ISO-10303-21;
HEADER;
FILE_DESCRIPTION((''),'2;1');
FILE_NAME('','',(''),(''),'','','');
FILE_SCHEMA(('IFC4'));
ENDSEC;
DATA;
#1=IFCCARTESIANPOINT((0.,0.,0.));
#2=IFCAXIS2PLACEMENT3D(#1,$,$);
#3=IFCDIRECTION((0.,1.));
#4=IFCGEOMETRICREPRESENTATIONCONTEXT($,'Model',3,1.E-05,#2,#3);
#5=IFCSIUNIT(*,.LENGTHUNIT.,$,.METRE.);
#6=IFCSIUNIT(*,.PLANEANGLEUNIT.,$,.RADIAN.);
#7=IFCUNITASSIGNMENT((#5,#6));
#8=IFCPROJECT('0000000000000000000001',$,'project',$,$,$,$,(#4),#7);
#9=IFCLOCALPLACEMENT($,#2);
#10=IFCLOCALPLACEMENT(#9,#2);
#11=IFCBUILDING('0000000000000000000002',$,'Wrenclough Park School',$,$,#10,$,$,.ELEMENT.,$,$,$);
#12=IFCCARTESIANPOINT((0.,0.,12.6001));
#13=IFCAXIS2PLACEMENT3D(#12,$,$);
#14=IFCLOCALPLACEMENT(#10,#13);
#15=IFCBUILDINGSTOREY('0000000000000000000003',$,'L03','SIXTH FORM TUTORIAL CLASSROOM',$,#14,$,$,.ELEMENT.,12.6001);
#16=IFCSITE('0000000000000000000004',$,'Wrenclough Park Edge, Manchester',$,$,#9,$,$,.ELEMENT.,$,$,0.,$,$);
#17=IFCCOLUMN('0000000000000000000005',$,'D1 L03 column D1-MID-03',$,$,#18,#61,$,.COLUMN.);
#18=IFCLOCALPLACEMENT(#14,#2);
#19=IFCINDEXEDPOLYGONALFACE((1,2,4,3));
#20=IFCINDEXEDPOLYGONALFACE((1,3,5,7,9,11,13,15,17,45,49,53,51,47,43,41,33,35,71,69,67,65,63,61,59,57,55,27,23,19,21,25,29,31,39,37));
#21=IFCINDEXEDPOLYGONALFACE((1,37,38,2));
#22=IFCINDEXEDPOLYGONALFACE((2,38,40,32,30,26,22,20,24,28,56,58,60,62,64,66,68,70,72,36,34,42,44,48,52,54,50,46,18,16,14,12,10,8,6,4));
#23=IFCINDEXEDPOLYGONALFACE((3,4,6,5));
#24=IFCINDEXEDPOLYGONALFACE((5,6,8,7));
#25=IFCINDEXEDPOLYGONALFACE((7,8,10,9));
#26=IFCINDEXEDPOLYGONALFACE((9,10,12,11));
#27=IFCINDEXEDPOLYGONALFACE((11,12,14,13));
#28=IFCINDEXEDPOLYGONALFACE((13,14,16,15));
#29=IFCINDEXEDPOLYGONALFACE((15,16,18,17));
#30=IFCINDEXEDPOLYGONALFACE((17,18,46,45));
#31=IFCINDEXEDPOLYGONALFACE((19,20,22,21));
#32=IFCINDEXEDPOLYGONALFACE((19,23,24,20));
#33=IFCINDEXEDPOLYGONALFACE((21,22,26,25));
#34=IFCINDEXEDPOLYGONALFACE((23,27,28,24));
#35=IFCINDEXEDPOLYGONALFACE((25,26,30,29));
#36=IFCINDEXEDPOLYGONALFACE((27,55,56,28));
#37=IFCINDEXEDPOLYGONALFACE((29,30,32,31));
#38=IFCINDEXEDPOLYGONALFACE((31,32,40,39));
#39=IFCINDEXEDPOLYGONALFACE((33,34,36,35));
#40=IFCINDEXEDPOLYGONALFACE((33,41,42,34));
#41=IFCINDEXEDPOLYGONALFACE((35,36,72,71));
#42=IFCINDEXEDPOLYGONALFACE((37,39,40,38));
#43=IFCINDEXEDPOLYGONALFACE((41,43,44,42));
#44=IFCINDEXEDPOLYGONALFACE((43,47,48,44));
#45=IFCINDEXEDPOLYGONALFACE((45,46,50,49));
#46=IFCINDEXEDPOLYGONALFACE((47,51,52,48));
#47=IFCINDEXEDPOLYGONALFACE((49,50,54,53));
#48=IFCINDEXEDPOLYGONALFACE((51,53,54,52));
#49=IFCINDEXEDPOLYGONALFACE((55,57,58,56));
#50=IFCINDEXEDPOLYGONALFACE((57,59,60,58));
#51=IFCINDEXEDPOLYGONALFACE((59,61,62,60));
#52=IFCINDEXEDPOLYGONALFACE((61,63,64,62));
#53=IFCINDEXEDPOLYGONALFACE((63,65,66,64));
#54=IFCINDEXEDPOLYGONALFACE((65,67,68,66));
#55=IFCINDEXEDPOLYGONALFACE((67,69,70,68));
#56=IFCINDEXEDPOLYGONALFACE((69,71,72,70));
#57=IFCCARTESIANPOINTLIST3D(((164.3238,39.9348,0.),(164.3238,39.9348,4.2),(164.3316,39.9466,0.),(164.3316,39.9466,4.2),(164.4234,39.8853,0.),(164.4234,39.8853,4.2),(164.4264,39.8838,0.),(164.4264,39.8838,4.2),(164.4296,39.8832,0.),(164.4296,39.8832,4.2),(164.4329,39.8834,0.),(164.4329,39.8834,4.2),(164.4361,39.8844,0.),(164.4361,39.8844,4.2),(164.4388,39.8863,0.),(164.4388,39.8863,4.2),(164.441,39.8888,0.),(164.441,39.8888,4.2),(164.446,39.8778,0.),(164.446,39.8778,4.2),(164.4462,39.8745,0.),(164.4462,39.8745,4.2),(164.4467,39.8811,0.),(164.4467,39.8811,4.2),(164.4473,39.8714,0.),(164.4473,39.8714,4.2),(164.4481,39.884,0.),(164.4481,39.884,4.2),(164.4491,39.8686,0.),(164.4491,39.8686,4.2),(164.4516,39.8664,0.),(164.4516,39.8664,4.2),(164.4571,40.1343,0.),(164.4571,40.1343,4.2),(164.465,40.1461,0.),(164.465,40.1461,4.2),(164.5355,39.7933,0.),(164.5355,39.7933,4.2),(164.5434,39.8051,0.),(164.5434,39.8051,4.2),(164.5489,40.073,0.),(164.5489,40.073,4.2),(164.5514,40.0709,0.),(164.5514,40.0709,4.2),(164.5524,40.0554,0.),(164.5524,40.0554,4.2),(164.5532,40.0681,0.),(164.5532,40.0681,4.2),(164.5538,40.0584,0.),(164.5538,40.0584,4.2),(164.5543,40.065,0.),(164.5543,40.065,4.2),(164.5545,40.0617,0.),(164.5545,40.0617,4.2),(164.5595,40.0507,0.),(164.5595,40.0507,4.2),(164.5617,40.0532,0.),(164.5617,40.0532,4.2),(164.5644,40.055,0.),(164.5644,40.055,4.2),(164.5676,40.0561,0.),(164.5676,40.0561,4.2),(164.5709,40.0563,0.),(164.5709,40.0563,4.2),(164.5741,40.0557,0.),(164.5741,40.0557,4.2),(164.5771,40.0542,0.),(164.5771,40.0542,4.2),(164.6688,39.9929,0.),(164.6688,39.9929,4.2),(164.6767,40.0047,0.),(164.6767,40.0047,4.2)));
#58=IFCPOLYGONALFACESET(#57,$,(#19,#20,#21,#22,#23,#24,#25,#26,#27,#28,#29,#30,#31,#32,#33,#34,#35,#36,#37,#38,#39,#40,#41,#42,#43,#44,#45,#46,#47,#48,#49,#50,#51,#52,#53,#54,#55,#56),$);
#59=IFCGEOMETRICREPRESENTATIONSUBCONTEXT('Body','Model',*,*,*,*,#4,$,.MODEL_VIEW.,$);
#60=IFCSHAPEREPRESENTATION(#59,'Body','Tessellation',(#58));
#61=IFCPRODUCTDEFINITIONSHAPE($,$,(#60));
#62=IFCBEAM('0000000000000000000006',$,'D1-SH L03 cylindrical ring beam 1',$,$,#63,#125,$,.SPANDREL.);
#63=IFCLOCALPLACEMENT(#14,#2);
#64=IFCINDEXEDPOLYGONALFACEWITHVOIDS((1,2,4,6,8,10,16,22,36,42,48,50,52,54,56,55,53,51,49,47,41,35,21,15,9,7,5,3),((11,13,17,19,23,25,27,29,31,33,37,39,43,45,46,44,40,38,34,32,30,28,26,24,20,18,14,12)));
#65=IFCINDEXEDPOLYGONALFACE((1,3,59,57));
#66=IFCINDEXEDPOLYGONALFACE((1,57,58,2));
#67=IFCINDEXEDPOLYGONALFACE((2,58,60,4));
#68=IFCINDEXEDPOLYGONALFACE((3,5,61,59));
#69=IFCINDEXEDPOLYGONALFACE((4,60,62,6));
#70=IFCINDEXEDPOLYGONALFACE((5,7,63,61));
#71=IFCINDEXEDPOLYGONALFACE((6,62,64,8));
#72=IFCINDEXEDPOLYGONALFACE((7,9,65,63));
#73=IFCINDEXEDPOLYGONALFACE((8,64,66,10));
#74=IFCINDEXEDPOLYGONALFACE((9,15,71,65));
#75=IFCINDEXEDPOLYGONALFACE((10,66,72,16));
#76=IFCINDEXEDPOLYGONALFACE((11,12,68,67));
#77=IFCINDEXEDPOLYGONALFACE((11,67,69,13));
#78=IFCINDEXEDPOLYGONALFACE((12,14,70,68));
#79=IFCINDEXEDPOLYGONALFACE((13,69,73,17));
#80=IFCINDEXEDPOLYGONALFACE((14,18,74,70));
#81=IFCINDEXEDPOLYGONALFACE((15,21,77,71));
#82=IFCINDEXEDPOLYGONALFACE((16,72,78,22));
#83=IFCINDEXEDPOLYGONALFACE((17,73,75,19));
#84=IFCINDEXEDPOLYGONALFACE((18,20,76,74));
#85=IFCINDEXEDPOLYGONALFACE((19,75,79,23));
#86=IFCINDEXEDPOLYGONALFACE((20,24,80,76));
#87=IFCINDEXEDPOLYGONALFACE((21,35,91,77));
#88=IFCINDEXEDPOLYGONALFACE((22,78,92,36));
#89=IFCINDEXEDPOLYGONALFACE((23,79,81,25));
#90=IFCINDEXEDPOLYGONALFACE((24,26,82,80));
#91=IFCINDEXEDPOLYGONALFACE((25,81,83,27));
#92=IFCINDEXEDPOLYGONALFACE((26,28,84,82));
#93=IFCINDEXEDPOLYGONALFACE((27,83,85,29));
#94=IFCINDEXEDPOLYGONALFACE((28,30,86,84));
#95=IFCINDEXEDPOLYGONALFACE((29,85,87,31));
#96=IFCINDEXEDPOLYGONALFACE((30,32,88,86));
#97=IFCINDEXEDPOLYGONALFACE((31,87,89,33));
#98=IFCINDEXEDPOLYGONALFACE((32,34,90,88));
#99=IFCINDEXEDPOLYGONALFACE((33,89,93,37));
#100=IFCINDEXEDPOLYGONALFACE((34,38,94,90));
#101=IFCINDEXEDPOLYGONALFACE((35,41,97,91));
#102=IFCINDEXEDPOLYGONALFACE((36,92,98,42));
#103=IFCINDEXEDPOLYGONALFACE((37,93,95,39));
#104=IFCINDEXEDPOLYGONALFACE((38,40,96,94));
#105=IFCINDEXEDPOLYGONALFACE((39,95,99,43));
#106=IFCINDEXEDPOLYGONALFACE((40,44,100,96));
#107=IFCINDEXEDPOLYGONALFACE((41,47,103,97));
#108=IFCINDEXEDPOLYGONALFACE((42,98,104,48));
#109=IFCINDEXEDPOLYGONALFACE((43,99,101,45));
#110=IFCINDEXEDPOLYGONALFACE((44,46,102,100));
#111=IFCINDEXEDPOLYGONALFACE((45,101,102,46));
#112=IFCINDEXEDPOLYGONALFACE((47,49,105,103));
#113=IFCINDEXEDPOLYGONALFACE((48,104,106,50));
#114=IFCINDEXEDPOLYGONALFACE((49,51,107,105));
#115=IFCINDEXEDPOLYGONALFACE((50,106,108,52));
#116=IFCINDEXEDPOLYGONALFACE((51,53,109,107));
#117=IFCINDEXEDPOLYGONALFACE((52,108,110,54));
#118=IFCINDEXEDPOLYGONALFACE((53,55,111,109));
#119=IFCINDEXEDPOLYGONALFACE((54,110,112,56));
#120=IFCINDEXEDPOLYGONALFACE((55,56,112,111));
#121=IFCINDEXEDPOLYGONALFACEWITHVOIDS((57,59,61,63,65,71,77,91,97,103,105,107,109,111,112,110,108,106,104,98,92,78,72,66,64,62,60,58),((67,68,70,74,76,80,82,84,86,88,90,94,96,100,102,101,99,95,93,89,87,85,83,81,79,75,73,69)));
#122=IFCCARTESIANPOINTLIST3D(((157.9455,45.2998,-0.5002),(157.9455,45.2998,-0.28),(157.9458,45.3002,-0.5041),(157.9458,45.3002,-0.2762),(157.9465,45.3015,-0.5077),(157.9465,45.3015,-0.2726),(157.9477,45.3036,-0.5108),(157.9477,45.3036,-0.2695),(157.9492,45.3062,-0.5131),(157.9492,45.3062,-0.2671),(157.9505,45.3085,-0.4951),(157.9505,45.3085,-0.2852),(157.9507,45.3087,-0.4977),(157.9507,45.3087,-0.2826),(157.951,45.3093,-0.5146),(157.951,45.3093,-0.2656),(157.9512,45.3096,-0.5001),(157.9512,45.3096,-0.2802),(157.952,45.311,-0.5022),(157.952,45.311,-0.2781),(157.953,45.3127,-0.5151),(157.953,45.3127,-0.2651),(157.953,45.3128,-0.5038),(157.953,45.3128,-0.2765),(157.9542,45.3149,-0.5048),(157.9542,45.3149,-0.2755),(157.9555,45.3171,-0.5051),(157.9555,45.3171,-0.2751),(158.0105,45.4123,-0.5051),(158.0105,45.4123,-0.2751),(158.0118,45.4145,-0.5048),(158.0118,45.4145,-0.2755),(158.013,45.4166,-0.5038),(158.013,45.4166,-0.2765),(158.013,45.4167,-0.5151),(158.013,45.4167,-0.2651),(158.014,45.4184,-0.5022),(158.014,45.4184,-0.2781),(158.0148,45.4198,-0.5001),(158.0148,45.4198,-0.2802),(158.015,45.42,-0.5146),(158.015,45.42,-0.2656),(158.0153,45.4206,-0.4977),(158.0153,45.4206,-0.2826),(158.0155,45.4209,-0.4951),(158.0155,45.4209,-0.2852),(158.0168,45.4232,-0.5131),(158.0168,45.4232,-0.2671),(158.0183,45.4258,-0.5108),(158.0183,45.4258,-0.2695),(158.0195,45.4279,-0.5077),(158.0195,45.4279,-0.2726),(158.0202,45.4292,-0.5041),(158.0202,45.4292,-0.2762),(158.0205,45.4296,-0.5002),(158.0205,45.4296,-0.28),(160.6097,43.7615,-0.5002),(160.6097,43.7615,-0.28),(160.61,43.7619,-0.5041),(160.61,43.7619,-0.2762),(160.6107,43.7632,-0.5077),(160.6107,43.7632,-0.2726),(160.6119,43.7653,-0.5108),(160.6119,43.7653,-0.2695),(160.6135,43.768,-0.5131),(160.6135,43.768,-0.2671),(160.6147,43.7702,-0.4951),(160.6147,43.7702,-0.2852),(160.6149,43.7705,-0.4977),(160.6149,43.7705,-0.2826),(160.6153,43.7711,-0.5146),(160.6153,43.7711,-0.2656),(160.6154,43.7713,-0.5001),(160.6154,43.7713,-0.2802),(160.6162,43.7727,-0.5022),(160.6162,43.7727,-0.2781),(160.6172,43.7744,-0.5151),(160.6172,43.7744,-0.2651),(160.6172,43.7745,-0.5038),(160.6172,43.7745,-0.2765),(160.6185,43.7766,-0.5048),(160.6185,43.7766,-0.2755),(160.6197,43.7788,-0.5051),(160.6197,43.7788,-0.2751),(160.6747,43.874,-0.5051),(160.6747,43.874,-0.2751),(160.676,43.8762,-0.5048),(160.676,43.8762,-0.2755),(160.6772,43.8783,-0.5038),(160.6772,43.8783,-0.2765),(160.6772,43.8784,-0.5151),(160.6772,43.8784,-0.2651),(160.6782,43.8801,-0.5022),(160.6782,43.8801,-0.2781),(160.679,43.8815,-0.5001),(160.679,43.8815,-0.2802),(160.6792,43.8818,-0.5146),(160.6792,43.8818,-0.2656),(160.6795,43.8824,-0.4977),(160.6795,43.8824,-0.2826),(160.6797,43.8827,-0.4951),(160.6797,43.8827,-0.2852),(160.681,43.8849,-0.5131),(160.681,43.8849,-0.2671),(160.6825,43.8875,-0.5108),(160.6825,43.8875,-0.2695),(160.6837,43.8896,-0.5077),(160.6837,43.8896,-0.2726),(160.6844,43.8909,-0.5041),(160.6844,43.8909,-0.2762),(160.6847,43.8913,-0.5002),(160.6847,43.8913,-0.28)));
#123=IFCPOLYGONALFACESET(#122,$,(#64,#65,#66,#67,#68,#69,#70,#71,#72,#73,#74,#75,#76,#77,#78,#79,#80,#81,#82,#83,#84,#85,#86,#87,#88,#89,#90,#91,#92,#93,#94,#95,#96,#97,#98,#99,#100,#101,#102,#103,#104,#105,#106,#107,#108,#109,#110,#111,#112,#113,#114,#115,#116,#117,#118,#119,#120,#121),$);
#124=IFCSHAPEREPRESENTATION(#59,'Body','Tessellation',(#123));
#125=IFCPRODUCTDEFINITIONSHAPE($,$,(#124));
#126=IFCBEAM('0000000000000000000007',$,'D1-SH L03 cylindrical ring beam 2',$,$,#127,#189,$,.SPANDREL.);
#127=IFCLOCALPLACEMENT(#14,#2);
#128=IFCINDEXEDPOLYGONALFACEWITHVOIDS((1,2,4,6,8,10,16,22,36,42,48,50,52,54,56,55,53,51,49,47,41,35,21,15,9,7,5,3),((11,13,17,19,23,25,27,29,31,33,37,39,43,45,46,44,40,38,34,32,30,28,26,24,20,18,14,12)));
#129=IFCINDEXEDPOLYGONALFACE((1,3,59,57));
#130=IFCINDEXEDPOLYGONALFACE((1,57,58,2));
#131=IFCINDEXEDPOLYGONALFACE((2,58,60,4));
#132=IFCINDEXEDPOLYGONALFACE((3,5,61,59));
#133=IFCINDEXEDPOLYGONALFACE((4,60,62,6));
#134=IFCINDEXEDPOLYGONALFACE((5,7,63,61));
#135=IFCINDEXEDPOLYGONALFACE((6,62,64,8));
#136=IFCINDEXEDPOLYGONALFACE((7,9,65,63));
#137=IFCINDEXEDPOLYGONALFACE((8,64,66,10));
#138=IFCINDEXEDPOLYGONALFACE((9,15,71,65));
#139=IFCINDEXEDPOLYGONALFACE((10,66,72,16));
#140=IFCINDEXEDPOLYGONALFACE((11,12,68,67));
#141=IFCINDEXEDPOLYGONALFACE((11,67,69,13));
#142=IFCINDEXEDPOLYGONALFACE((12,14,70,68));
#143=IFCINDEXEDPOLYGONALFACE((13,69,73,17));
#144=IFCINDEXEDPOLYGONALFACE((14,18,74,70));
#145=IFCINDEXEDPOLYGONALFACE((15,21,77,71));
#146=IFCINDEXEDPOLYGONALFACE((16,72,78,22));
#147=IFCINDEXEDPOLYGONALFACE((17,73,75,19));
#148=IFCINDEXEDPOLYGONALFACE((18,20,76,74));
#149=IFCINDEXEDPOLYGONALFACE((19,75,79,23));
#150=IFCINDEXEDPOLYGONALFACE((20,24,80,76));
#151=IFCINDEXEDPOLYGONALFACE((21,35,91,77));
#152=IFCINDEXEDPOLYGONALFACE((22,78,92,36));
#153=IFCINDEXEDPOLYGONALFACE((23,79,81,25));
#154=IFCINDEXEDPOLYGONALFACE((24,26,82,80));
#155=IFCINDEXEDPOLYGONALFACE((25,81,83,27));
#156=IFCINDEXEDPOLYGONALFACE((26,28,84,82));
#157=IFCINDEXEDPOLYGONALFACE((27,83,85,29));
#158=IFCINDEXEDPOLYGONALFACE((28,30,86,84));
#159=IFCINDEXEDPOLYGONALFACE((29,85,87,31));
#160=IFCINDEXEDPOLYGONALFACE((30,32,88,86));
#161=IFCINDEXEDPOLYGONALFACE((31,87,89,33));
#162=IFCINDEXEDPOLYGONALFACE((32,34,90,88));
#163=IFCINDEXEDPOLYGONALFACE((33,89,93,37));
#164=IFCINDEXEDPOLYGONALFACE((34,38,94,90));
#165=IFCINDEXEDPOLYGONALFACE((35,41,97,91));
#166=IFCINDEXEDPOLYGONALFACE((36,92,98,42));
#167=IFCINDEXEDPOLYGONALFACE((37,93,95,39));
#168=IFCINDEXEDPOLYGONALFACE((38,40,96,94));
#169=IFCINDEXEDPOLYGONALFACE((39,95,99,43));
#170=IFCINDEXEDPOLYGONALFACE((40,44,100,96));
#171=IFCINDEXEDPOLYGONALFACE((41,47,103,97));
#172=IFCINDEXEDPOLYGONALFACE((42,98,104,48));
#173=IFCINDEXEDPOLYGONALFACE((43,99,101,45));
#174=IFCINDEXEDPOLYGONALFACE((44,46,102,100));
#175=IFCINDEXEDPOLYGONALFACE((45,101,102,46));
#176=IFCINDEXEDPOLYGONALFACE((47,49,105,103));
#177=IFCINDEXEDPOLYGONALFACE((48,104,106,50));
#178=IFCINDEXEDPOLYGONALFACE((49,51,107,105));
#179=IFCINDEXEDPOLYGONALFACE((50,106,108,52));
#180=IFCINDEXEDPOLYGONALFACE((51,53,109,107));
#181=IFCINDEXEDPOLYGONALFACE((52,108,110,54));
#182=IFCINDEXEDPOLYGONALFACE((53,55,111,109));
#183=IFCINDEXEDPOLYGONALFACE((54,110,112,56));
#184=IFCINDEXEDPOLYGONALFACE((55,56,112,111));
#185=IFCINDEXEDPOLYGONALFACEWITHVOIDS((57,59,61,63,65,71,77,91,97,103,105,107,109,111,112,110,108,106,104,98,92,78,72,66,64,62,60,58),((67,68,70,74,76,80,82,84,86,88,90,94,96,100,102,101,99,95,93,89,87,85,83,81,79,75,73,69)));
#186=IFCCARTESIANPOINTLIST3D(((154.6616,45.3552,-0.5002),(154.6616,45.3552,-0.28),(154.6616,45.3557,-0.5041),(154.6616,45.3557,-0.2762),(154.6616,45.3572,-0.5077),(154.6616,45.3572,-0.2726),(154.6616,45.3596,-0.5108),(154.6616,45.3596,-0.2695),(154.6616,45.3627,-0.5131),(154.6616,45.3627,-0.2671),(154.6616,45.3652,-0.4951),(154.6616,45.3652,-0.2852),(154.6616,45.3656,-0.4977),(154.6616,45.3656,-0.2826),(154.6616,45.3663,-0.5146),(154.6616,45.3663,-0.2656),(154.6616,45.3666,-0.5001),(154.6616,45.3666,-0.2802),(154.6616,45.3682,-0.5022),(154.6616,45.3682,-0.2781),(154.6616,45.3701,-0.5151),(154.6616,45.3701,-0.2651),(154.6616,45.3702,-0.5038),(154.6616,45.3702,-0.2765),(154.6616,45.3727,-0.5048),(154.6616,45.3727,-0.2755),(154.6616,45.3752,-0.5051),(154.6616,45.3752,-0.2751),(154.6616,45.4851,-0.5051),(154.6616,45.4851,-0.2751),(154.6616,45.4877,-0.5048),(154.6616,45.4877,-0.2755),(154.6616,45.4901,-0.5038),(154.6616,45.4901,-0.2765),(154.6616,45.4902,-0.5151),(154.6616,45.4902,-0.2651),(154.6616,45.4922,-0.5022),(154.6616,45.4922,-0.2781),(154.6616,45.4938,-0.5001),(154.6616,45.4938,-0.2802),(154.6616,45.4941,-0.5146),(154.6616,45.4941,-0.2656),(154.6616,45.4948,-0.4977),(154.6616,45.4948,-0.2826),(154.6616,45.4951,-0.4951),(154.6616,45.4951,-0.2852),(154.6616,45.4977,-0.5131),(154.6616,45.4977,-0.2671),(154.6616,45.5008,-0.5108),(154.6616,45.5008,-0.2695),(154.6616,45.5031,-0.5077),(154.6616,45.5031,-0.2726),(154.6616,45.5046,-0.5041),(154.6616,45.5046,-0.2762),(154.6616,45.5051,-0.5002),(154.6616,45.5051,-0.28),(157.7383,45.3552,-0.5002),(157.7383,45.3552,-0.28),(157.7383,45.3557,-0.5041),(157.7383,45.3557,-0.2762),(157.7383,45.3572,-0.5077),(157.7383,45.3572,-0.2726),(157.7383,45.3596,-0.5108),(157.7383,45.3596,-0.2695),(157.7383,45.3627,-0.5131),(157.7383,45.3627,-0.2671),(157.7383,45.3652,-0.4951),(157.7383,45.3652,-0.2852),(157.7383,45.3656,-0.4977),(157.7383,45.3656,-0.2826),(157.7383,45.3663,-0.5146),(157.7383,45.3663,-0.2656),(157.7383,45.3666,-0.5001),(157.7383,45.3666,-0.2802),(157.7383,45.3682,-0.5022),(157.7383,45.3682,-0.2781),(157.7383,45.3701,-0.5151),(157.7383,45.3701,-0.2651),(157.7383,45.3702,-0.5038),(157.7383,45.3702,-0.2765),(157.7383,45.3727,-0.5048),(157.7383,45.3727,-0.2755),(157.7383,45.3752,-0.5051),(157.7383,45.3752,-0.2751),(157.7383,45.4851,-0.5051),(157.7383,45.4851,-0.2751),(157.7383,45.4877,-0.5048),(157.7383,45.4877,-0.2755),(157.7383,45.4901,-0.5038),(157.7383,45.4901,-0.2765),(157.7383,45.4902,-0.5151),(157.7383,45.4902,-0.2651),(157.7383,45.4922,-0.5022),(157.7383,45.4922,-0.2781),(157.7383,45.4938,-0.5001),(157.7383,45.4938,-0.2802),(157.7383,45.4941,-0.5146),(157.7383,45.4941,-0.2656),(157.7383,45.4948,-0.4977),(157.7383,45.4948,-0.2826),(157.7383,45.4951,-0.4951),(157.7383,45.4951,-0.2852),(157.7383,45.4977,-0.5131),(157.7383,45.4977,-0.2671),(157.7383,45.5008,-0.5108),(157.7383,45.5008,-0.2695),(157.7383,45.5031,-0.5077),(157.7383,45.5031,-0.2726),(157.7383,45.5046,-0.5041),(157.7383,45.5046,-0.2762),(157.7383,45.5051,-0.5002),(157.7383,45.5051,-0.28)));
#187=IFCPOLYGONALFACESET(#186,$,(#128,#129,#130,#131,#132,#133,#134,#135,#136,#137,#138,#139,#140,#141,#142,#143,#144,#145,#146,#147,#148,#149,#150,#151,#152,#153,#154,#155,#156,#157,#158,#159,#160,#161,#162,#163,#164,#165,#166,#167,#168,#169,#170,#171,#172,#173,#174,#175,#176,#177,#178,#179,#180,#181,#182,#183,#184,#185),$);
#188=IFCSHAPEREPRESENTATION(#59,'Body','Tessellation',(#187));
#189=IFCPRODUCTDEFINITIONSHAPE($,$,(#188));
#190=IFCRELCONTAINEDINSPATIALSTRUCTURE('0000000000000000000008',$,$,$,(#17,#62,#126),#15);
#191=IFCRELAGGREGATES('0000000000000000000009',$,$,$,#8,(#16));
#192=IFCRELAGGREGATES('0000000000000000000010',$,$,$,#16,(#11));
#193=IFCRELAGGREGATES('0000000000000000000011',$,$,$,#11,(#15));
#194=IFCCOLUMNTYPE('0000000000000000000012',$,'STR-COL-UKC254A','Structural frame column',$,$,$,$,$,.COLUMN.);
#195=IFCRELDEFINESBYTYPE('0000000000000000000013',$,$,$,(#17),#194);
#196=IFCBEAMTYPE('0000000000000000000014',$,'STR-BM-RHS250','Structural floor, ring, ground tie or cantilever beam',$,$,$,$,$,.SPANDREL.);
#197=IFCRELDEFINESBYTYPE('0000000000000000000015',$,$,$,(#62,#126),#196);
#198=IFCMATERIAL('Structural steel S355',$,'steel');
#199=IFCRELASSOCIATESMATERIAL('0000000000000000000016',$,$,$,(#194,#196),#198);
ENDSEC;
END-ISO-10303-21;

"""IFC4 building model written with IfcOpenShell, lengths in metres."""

from ifc_helpers import new_model, si_unit, direction, frame, origin, origin_2d, place, context, subcontext, project, spatial, hollow_rectangle, i_section, extrude, material, material_profile, profile_set, type_object, element, save


model = new_model("IFC4")

# Units and contexts
model_context = context("Model", 3, precision=1e-05, world=origin(), true_north=direction((0.0, 1.0)))
body_context = subcontext(model_context, "Body", "Model", "MODEL_VIEW")
ifc_project = project(units=[si_unit("LENGTHUNIT", "METRE"), si_unit("PLANEANGLEUNIT", "RADIAN")], contexts=[model_context])

# Site, building, storey
site_placement = place(None, origin())
site = spatial("IfcSite", under=ifc_project, at=site_placement, Name="Wrenclough Park Edge, Manchester", CompositionType="ELEMENT", RefElevation=0.0)
building_placement = place(site_placement, origin())
building = spatial("IfcBuilding", under=site, at=building_placement, Name="Wrenclough Park School", CompositionType="ELEMENT")
storey_placement = place(building_placement, frame((0.0, 0.0, 12.6001)))
storey = spatial("IfcBuildingStorey", under=building, at=storey_placement, Name="L03", Description="SIXTH FORM TUTORIAL CLASSROOM", CompositionType="ELEMENT", Elevation=12.6001)

# Column
ifc_material_1 = material(Name="Structural steel S355", Category="steel")
ifc_material_profile_1 = material_profile(ifc_material_1, i_section(OverallWidth=0.2546, OverallDepth=0.2542, WebThickness=0.0085, FlangeThickness=0.0142, FilletRadius=0.0127, at=origin_2d()), Name="UKC 254x254x73")
ifc_profile_set_1 = profile_set([ifc_material_profile_1], Name="Structural steel S355")
column_type_1 = type_object("IfcColumnType", Name="STR-COL-UKC254A", Description="Structural frame column", PredefinedType="COLUMN", material=ifc_profile_set_1)
column_1_placement = place(storey_placement, frame((164.5002, 39.9697, 0.0), z_axis=(0.0, 0.0, 1.0), x_axis=(-0.83147, 0.55557, 0.0)))
element("IfcColumn", 1, at=column_1_placement, inside=storey, type_object=column_type_1, Name="D1 L03 column D1-MID-03", PredefinedType="COLUMN", context=body_context, shape_type="SweptSolid", body=[
    extrude(i_section(OverallWidth=0.2546, OverallDepth=0.2542, WebThickness=0.0085, FlangeThickness=0.0142, FilletRadius=0.0127, at=origin_2d()), origin(), (0.0, 0.0, 1.0), 4.2),
])

# Beams
ifc_material_profile_2 = material_profile(ifc_material_1, hollow_rectangle(XDim=0.1499, YDim=0.25, WallThickness=0.01, InnerFilletRadius=0.01, OuterFilletRadius=0.0149, at=origin_2d()), Name="RHS 250x150x10.0")
ifc_profile_set_2 = profile_set([ifc_material_profile_2], Name="Structural steel S355")
beam_type_1 = type_object("IfcBeamType", Name="STR-BM-RHS250", Description="Structural floor, ring, ground tie or cantilever beam", PredefinedType="SPANDREL", material=ifc_profile_set_2)
beam_1_placement = place(storey_placement, frame((160.6472, 43.8264, -0.3901), z_axis=(-0.866012, 0.500022, 0.0), x_axis=(-0.500022, -0.866012, 0.0)))
element("IfcBeam", 2, at=beam_1_placement, inside=storey, type_object=beam_type_1, Name="D1-SH L03 cylindrical ring beam 1", PredefinedType="SPANDREL", context=body_context, shape_type="SweptSolid", body=[
    extrude(hollow_rectangle(XDim=0.1499, YDim=0.25, WallThickness=0.01, InnerFilletRadius=0.01, OuterFilletRadius=0.0149, at=origin_2d()), origin(), (0.0, 0.0, 1.0), 3.0764),
])
beam_2_placement = place(storey_placement, frame((157.7383, 45.4302, -0.3901), z_axis=(-1.0, 0.0, 0.0), x_axis=(0.0, -1.0, 0.0)))
element("IfcBeam", 3, at=beam_2_placement, inside=storey, type_object=beam_type_1, Name="D1-SH L03 cylindrical ring beam 2", PredefinedType="SPANDREL", context=body_context, shape_type="SweptSolid", body=[
    extrude(hollow_rectangle(XDim=0.1499, YDim=0.25, WallThickness=0.01, InnerFilletRadius=0.01, OuterFilletRadius=0.0149, at=origin_2d()), origin(), (0.0, 0.0, 1.0), 3.0767),
])

save(model, "model.ifc")
